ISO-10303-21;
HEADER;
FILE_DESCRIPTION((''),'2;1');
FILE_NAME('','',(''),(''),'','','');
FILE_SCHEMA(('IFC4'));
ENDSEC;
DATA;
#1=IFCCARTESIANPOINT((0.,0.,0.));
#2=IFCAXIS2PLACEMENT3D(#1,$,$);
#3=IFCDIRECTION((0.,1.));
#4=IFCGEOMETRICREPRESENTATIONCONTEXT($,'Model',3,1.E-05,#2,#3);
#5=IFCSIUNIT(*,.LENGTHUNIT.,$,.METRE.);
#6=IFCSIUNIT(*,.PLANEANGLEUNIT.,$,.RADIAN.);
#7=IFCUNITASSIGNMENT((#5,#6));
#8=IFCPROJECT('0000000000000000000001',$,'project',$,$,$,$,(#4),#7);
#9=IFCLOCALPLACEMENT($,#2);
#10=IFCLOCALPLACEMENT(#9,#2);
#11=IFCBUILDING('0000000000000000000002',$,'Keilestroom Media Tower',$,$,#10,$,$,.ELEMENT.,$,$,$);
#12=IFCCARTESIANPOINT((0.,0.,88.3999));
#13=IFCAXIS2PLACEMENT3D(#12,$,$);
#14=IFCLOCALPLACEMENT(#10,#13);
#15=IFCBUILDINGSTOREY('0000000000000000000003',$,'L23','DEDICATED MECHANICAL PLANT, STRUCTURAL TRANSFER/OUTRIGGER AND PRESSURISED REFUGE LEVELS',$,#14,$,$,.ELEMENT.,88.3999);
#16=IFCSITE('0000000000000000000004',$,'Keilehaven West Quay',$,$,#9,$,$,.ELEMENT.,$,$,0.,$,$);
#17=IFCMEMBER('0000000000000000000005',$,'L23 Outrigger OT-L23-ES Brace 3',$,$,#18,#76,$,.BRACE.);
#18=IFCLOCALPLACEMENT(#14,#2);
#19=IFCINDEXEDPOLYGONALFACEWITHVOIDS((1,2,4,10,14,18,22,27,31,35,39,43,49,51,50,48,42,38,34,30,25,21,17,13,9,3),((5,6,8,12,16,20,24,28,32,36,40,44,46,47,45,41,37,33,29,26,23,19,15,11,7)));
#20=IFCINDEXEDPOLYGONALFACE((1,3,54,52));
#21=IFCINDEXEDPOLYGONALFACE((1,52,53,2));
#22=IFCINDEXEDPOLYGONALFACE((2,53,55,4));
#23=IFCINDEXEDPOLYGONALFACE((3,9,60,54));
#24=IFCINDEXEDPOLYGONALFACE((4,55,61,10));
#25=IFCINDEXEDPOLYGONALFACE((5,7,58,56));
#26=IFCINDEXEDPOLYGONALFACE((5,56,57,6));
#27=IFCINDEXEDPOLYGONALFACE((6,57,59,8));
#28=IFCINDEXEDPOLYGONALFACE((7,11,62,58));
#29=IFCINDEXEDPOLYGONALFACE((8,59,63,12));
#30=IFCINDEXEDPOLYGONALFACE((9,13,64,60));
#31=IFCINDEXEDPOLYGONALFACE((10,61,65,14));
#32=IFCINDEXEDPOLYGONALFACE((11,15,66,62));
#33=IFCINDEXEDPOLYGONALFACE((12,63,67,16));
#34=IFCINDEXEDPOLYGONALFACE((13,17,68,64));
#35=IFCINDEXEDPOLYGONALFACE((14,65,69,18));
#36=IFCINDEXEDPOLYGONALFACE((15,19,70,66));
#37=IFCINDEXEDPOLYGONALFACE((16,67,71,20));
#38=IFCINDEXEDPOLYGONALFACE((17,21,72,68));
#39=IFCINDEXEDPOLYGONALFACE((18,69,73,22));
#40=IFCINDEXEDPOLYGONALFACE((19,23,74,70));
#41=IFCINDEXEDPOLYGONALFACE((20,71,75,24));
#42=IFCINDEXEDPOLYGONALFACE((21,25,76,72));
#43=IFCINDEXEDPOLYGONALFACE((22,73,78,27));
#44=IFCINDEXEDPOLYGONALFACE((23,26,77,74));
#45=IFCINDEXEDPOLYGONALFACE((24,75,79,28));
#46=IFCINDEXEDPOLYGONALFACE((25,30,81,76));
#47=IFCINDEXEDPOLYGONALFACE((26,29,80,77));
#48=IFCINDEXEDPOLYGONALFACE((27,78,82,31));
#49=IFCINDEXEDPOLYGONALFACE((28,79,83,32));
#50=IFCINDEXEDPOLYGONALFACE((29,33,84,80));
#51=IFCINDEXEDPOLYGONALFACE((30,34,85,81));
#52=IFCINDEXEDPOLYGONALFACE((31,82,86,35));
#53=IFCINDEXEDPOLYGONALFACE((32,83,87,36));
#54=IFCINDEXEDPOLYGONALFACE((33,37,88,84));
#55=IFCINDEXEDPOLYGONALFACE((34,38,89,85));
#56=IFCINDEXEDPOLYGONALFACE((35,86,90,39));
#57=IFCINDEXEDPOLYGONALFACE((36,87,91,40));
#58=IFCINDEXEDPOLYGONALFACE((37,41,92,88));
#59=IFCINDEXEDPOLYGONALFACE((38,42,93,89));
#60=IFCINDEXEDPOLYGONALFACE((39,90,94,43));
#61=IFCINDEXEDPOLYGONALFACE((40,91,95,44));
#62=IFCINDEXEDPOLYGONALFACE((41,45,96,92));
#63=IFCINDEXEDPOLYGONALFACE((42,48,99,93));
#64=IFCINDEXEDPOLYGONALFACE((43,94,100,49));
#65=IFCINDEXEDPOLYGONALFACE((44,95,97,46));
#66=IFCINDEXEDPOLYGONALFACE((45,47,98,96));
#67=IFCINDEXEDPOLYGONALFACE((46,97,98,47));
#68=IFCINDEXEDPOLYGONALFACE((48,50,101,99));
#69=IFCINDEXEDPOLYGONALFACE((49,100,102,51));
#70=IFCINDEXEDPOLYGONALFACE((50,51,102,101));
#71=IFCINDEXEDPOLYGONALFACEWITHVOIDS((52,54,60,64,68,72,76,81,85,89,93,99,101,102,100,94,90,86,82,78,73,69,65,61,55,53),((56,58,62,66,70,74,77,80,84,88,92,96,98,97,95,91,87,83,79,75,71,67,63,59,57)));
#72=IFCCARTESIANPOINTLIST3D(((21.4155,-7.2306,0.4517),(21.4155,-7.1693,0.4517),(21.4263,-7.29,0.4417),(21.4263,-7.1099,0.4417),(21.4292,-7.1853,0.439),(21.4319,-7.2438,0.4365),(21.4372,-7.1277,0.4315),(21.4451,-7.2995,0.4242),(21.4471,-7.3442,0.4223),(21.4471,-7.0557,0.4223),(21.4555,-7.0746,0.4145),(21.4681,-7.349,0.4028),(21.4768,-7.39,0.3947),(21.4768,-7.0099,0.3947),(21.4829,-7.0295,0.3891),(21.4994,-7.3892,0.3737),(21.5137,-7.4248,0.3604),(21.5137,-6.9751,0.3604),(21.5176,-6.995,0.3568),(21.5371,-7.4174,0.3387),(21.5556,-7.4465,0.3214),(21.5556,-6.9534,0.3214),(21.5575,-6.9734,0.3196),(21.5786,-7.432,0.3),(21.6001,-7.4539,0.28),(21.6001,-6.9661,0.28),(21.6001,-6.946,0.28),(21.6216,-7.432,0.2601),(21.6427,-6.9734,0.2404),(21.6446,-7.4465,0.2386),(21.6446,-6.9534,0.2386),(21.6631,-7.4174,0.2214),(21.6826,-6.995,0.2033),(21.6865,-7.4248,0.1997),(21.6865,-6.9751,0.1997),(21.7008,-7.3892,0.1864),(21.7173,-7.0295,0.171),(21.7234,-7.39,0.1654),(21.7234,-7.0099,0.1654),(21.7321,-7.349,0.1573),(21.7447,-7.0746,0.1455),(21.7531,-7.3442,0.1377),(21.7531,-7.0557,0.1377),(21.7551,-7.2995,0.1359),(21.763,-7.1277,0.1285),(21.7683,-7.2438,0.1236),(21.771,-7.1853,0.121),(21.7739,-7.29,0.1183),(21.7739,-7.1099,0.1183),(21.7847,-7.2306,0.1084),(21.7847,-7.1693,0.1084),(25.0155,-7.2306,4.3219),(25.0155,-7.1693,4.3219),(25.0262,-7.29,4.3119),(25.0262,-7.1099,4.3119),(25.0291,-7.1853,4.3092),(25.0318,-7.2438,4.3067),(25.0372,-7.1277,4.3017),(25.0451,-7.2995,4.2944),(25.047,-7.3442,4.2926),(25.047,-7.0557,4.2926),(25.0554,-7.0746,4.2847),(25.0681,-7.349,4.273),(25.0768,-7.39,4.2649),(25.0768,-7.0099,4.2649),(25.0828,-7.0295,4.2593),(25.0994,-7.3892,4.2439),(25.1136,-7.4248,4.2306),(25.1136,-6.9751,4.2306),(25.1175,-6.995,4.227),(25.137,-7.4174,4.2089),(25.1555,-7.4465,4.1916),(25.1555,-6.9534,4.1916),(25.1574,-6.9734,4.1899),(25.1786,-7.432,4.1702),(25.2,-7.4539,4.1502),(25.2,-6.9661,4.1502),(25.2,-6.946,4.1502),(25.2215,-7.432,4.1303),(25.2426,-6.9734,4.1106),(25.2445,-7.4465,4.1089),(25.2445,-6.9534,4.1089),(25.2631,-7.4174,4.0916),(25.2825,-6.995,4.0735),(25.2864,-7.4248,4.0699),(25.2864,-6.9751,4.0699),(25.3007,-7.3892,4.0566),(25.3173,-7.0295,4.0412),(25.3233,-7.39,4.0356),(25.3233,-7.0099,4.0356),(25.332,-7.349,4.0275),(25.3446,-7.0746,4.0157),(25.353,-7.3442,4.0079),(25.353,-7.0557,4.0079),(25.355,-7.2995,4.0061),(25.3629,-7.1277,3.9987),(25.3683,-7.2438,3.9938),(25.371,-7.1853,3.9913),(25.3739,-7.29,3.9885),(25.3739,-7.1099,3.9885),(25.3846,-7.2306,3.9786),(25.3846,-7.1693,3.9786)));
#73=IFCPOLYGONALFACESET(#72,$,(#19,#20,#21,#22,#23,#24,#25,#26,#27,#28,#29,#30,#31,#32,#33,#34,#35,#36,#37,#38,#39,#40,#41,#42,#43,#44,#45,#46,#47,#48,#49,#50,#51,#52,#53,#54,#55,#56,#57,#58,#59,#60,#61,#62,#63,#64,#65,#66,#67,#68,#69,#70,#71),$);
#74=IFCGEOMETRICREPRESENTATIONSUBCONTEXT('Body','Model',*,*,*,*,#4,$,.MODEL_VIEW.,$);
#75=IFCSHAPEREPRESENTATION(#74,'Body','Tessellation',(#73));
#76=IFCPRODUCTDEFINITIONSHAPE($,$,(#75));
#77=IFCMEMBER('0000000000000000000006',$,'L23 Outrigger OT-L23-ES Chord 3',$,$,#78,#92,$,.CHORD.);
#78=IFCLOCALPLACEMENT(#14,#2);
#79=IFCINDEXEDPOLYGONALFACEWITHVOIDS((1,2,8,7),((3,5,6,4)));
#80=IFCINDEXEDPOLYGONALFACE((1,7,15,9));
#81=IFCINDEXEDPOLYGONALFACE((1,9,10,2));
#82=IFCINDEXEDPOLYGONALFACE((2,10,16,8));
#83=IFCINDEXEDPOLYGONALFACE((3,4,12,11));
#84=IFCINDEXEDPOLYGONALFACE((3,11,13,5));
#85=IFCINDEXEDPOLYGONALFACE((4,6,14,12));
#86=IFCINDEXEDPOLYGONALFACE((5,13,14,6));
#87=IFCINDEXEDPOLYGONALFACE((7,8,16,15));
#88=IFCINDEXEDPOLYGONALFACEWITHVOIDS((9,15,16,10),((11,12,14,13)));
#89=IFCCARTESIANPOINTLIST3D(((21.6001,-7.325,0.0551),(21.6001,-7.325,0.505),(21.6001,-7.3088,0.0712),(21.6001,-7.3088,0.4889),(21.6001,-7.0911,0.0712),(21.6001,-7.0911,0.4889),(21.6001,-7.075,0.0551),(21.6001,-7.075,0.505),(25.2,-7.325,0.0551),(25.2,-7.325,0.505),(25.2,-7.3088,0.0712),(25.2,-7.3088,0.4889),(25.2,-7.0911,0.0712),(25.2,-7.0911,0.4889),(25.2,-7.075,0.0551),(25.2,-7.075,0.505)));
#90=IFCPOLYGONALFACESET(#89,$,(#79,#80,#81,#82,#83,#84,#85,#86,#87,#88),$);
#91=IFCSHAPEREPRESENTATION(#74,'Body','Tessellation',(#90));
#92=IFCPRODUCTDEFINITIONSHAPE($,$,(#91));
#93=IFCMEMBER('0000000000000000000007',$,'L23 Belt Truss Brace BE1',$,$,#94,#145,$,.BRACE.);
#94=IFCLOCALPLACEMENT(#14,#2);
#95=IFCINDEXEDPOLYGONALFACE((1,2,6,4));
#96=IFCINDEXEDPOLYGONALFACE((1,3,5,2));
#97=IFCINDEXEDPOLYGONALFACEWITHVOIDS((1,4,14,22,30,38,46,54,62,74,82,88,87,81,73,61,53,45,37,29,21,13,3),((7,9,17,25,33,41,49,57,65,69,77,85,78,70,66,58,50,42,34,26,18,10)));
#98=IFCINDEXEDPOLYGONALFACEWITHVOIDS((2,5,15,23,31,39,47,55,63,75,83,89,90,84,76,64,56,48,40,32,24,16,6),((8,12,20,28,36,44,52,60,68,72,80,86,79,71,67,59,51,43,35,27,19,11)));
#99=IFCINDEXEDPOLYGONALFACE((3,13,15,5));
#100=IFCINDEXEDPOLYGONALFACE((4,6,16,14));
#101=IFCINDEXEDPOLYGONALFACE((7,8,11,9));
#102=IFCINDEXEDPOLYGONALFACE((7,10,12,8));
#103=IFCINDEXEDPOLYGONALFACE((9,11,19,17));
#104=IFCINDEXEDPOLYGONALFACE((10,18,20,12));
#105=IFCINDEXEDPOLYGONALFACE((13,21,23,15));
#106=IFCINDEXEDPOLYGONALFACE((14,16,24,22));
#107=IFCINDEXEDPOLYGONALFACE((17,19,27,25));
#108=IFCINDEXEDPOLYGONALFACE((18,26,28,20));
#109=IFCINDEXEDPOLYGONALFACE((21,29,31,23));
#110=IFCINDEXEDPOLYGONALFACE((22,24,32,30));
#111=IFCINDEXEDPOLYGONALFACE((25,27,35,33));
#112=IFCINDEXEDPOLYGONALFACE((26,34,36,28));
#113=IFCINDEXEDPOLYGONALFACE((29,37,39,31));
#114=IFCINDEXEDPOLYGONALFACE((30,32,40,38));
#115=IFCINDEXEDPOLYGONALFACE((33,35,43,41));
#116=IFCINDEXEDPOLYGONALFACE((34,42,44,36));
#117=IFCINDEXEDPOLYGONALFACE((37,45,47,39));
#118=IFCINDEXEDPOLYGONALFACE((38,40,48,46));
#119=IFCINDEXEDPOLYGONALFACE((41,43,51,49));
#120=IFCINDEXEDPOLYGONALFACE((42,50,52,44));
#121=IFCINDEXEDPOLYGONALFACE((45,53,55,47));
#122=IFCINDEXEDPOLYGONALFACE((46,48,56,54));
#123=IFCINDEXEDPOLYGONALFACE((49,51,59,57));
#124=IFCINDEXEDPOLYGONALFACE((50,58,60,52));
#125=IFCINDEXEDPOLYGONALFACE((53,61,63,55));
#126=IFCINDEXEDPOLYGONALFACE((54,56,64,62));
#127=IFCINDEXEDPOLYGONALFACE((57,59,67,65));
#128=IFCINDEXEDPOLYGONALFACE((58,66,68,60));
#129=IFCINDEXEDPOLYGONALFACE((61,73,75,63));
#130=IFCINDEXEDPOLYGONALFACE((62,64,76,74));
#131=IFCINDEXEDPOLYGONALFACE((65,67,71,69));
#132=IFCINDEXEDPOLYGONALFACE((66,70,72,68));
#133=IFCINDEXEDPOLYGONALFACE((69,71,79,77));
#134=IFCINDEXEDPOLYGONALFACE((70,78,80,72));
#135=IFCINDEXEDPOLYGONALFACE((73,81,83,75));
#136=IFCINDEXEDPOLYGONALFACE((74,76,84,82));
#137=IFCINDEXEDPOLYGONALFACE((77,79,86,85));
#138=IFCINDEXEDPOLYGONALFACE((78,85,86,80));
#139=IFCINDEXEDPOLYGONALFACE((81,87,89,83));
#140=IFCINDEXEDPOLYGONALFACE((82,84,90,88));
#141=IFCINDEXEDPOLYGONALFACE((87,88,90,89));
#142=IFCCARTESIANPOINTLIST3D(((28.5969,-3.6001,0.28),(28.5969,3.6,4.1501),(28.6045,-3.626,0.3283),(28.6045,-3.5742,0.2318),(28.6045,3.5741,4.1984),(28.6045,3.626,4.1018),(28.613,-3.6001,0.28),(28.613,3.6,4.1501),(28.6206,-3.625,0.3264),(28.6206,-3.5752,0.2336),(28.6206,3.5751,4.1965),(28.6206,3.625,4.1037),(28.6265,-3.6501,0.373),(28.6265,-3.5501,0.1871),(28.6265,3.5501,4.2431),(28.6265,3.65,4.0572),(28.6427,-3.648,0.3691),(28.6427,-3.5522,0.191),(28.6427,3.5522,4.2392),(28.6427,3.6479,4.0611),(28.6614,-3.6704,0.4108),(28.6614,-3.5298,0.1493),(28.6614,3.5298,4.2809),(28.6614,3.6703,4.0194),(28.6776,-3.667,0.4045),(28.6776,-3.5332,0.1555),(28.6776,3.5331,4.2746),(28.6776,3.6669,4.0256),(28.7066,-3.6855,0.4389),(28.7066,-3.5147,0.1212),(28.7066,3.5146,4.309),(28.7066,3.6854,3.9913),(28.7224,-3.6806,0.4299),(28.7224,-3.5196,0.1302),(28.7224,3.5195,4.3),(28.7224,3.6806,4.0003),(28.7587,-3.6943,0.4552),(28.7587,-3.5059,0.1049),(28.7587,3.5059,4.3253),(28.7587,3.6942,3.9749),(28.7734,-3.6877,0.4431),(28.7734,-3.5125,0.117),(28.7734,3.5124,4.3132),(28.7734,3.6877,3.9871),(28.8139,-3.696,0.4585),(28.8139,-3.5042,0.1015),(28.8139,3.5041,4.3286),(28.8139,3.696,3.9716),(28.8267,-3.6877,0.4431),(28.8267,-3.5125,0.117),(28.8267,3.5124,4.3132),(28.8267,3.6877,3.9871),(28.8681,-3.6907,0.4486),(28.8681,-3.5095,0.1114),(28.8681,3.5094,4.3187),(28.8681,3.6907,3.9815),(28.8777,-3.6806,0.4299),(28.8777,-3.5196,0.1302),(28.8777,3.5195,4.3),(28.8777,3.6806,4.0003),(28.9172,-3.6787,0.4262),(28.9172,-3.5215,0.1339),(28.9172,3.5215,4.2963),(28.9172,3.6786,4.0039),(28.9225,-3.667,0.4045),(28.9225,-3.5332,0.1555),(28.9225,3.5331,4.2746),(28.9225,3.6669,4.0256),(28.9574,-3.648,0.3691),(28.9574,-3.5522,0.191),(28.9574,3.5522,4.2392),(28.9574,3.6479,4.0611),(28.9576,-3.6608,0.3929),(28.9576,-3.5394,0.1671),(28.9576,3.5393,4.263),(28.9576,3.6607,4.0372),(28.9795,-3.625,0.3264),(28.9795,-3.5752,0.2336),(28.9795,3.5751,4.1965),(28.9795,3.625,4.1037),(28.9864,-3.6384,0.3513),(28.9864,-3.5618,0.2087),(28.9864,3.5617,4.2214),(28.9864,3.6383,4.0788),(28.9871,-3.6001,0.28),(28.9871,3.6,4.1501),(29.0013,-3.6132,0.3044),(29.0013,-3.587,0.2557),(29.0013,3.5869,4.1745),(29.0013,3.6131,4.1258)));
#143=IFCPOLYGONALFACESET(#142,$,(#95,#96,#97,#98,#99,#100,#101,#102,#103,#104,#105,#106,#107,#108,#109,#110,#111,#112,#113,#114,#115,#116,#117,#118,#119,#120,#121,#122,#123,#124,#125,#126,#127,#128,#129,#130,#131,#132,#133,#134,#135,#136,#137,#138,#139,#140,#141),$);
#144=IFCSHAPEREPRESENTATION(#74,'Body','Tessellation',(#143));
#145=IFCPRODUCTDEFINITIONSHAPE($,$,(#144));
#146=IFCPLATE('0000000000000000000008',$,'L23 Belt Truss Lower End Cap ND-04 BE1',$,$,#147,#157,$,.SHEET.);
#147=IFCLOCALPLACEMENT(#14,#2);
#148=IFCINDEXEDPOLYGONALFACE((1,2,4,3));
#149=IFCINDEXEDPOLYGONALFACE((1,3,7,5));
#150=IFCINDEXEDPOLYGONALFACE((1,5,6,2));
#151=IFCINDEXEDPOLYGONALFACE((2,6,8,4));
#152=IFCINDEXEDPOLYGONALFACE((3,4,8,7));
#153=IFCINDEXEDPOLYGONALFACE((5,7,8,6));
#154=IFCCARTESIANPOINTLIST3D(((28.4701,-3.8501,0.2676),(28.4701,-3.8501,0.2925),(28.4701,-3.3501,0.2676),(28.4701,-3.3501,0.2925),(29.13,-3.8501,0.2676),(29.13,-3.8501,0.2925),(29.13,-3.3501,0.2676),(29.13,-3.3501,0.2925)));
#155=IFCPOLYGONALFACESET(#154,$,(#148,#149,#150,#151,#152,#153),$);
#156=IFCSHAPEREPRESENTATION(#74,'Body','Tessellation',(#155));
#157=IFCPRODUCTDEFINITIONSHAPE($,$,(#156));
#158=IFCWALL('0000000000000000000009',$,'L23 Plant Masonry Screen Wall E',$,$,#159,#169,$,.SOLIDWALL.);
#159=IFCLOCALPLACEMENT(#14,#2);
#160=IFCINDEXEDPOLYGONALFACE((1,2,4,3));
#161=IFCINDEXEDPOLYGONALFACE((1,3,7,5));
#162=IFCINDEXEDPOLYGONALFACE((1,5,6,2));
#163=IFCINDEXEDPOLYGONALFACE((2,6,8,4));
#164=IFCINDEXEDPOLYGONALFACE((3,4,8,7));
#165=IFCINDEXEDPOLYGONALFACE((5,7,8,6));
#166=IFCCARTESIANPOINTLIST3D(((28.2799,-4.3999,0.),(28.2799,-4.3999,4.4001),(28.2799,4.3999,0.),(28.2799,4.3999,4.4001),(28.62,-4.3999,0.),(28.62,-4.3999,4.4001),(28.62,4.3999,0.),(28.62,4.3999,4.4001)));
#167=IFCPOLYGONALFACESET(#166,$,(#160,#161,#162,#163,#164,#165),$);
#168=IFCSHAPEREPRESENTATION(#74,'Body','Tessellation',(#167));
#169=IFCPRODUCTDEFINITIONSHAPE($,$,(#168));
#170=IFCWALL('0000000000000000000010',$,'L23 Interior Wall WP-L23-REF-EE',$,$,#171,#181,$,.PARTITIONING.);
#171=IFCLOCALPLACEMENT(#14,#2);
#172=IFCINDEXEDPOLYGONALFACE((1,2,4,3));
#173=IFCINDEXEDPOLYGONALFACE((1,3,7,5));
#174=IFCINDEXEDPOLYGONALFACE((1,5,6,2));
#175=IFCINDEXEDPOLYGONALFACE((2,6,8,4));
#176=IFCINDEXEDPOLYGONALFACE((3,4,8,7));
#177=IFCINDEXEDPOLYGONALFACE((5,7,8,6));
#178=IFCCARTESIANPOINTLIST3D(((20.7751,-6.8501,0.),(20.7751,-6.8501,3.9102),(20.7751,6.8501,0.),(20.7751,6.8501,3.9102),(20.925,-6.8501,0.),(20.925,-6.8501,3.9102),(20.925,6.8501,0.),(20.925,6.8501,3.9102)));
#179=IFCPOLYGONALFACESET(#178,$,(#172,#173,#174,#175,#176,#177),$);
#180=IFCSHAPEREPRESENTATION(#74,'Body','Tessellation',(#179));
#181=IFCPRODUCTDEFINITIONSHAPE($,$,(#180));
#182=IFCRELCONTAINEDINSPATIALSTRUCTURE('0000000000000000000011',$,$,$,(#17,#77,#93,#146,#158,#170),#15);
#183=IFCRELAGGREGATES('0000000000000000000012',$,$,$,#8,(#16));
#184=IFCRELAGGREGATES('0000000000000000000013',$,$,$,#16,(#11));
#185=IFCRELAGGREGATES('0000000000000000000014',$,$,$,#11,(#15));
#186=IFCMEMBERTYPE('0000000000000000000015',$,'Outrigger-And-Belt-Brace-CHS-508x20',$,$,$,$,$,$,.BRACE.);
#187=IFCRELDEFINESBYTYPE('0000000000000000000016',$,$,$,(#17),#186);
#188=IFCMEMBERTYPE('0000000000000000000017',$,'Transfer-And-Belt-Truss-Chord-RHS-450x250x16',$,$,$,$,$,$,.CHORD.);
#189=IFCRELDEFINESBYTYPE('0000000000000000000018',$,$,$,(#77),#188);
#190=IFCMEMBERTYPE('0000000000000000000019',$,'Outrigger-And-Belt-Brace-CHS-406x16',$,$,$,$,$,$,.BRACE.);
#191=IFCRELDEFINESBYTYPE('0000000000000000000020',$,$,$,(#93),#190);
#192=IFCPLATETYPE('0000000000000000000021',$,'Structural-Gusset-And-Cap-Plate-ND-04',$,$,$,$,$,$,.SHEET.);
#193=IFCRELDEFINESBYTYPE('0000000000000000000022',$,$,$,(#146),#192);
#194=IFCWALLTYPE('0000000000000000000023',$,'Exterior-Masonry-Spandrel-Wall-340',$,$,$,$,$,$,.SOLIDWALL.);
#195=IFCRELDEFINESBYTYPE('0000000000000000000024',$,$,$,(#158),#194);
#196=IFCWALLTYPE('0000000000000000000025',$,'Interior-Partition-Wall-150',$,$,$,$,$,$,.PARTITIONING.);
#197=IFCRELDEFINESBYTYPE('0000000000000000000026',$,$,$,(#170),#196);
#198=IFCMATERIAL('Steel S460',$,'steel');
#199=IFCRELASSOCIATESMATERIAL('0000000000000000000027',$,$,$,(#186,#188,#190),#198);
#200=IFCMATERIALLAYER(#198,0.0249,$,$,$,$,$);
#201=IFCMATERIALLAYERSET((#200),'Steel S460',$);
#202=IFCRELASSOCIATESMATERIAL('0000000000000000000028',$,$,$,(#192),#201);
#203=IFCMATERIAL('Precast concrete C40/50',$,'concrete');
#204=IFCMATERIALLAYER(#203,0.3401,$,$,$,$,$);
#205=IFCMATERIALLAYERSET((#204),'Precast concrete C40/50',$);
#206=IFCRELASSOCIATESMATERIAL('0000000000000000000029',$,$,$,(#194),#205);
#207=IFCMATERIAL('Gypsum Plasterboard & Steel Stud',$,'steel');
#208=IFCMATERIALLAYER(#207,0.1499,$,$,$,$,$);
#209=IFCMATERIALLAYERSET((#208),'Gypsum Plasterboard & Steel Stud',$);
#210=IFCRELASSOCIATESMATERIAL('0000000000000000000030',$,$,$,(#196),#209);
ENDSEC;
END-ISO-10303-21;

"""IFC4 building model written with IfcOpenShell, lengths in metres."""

from ifc_helpers import new_model, si_unit, direction, frame, frame_2d, origin, origin_2d, place, context, subcontext, project, spatial, rectangle, hollow_rectangle, hollow_circle, extrude, source, transform, mapped, material, layer, layer_set, material_profile, profile_set, type_object, element, save


model = new_model("IFC4")

# Units and contexts
model_context = context("Model", 3, precision=1e-05, world=origin(), true_north=direction((0.0, 1.0)))
body_context = subcontext(model_context, "Body", "Model", "MODEL_VIEW")
ifc_project = project(units=[si_unit("LENGTHUNIT", "METRE"), si_unit("PLANEANGLEUNIT", "RADIAN")], contexts=[model_context])

# Site, building, storey
site_placement = place(None, origin())
site = spatial("IfcSite", under=ifc_project, at=site_placement, Name="Keilehaven West Quay", CompositionType="ELEMENT", RefElevation=0.0)
building_placement = place(site_placement, origin())
building = spatial("IfcBuilding", under=site, at=building_placement, Name="Keilestroom Media Tower", CompositionType="ELEMENT")
storey_placement = place(building_placement, frame((0.0, 0.0, 88.3999)))
storey = spatial("IfcBuildingStorey", under=building, at=storey_placement, Name="L23", Description="DEDICATED MECHANICAL PLANT, STRUCTURAL TRANSFER/OUTRIGGER AND PRESSURISED REFUGE LEVELS", CompositionType="ELEMENT", Elevation=88.3999)

# Shared definitions
ifc_material_1 = material(Name="Precast concrete C40/50", Category="concrete")
ifc_material_2 = material(Name="Steel S460", Category="steel")

# Members
ifc_material_profile_1 = material_profile(ifc_material_2, hollow_circle(Radius=0.2539, WallThickness=0.02, at=origin_2d()), Name="CHS 508x20")
ifc_profile_set_1 = profile_set([ifc_material_profile_1], Name="Steel S460")
member_type_1 = type_object("IfcMemberType", Name="Outrigger-And-Belt-Brace-CHS-508x20", PredefinedType="BRACE", material=ifc_profile_set_1)
shared_shape_1 = source(origin(), body_context, "Body", "SweptSolid", [
    extrude(hollow_circle(Radius=0.2539, WallThickness=0.02, at=origin_2d()), origin(), (0.0, 0.0, 1.0), 5.2856),
])
member_1_placement = place(storey_placement, frame((21.6001, -7.2, 0.28), z_axis=(0.681078, 0.0, 0.732211), x_axis=(0.0, 1.0, 0.0)))
element("IfcMember", 1, at=member_1_placement, inside=storey, type_object=member_type_1, Name="L23 Outrigger OT-L23-ES Brace 3", PredefinedType="BRACE", context=body_context, shape_type="MappedRepresentation", body=[
    mapped(shared_shape_1, transform((0.0, 0.0, 0.0), x_axis=(1.0, 0.0, 0.0), y_axis=(0.0, 1.0, 0.0), z_axis=(0.0, 0.0, 1.0), scale=1.0)),
])
ifc_material_profile_2 = material_profile(ifc_material_2, hollow_rectangle(XDim=0.25, YDim=0.45, WallThickness=0.0161, at=origin_2d()), Name="RHS 450x250x16")
ifc_profile_set_2 = profile_set([ifc_material_profile_2], Name="Steel S460")
member_type_2 = type_object("IfcMemberType", Name="Transfer-And-Belt-Truss-Chord-RHS-450x250x16", PredefinedType="CHORD", material=ifc_profile_set_2)
shared_shape_2 = source(origin(), body_context, "Body", "SweptSolid", [
    extrude(hollow_rectangle(XDim=0.25, YDim=0.45, WallThickness=0.0161, at=origin_2d()), origin(), (0.0, 0.0, 1.0), 3.5999),
])
member_2_placement = place(storey_placement, frame((21.6001, -7.2, 0.28), z_axis=(1.0, 0.0, 0.0), x_axis=(0.0, 1.0, 0.0)))
element("IfcMember", 2, at=member_2_placement, inside=storey, type_object=member_type_2, Name="L23 Outrigger OT-L23-ES Chord 3", PredefinedType="CHORD", context=body_context, shape_type="MappedRepresentation", body=[
    mapped(shared_shape_2, transform((0.0, 0.0, 0.0), x_axis=(1.0, 0.0, 0.0), y_axis=(0.0, 1.0, 0.0), z_axis=(0.0, 0.0, 1.0), scale=1.0)),
])
ifc_material_profile_3 = material_profile(ifc_material_2, hollow_circle(Radius=0.2031, WallThickness=0.0161, at=origin_2d()), Name="CHS 406.4x16")
ifc_profile_set_3 = profile_set([ifc_material_profile_3], Name="Steel S460")
member_type_3 = type_object("IfcMemberType", Name="Outrigger-And-Belt-Brace-CHS-406x16", PredefinedType="BRACE", material=ifc_profile_set_3)
shared_shape_3 = source(origin(), body_context, "Body", "SweptSolid", [
    extrude(hollow_circle(Radius=0.2031, WallThickness=0.0161, at=origin_2d()), origin(), (0.0, 0.0, 1.0), 8.1743),
])
member_3_placement = place(storey_placement, frame((28.8, -3.6001, 0.28), z_axis=(0.0, 0.880824, 0.473444), x_axis=(-1.0, 0.0, 0.0)))
element("IfcMember", 3, at=member_3_placement, inside=storey, type_object=member_type_3, Name="L23 Belt Truss Brace BE1", PredefinedType="BRACE", context=body_context, shape_type="MappedRepresentation", body=[
    mapped(shared_shape_3, transform((0.0, 0.0, 0.0), x_axis=(1.0, 0.0, 0.0), y_axis=(0.0, 1.0, 0.0), z_axis=(0.0, 0.0, 1.0), scale=1.0)),
])

# Plate
ifc_layer_1 = layer(ifc_material_2, 0.0249)
ifc_layer_set_1 = layer_set([ifc_layer_1], Name="Steel S460")
plate_type = type_object("IfcPlateType", Name="Structural-Gusset-And-Cap-Plate-ND-04", PredefinedType="SHEET", material=ifc_layer_set_1)
shared_shape_4 = source(origin(), body_context, "Body", "SweptSolid", [
    extrude(rectangle(XDim=0.6599, YDim=0.5, at=origin_2d()), origin(), (0.0, 0.0, 1.0), 0.0249),
])
plate_placement = place(storey_placement, frame((28.8, -3.6001, 0.2676), z_axis=(0.0, 0.0, 1.0), x_axis=(1.0, 0.0, 0.0)))
element("IfcPlate", 4, at=plate_placement, inside=storey, type_object=plate_type, Name="L23 Belt Truss Lower End Cap ND-04 BE1", PredefinedType="SHEET", context=body_context, shape_type="MappedRepresentation", body=[
    mapped(shared_shape_4, transform((0.0, 0.0, 0.0), x_axis=(1.0, 0.0, 0.0), y_axis=(0.0, 1.0, 0.0), z_axis=(0.0, 0.0, 1.0), scale=1.0)),
])

# Walls
ifc_layer_2 = layer(ifc_material_1, 0.3401)
ifc_layer_set_2 = layer_set([ifc_layer_2], Name="Precast concrete C40/50")
wall_type_1 = type_object("IfcWallType", Name="Exterior-Masonry-Spandrel-Wall-340", PredefinedType="SOLIDWALL", material=ifc_layer_set_2)
wall_1_placement = place(storey_placement, frame((28.45, -4.3999, 0.0), z_axis=(0.0, 0.0, 1.0), x_axis=(0.0, 1.0, 0.0)))
element("IfcWall", 5, at=wall_1_placement, inside=storey, type_object=wall_type_1, Name="L23 Plant Masonry Screen Wall E", PredefinedType="SOLIDWALL", context=body_context, shape_type="SweptSolid", body=[
    extrude(rectangle(XDim=8.7998, YDim=0.3401, at=frame_2d((4.3999, 0.0))), origin(), (0.0, 0.0, 1.0), 4.4001),
])
ifc_material_3 = material(Name="Gypsum Plasterboard & Steel Stud", Category="steel")
ifc_layer_3 = layer(ifc_material_3, 0.1499)
ifc_layer_set_3 = layer_set([ifc_layer_3], Name="Gypsum Plasterboard & Steel Stud")
wall_type_2 = type_object("IfcWallType", Name="Interior-Partition-Wall-150", PredefinedType="PARTITIONING", material=ifc_layer_set_3)
wall_2_placement = place(storey_placement, frame((20.8501, -6.8501, 0.0), z_axis=(0.0, 0.0, 1.0), x_axis=(0.0, 1.0, 0.0)))
element("IfcWall", 6, at=wall_2_placement, inside=storey, type_object=wall_type_2, Name="L23 Interior Wall WP-L23-REF-EE", PredefinedType="PARTITIONING", context=body_context, shape_type="SweptSolid", body=[
    extrude(rectangle(XDim=13.7002, YDim=0.1499, at=frame_2d((6.8501, 0.0))), origin(), (0.0, 0.0, 1.0), 3.9102),
])

save(model, "model.ifc")
